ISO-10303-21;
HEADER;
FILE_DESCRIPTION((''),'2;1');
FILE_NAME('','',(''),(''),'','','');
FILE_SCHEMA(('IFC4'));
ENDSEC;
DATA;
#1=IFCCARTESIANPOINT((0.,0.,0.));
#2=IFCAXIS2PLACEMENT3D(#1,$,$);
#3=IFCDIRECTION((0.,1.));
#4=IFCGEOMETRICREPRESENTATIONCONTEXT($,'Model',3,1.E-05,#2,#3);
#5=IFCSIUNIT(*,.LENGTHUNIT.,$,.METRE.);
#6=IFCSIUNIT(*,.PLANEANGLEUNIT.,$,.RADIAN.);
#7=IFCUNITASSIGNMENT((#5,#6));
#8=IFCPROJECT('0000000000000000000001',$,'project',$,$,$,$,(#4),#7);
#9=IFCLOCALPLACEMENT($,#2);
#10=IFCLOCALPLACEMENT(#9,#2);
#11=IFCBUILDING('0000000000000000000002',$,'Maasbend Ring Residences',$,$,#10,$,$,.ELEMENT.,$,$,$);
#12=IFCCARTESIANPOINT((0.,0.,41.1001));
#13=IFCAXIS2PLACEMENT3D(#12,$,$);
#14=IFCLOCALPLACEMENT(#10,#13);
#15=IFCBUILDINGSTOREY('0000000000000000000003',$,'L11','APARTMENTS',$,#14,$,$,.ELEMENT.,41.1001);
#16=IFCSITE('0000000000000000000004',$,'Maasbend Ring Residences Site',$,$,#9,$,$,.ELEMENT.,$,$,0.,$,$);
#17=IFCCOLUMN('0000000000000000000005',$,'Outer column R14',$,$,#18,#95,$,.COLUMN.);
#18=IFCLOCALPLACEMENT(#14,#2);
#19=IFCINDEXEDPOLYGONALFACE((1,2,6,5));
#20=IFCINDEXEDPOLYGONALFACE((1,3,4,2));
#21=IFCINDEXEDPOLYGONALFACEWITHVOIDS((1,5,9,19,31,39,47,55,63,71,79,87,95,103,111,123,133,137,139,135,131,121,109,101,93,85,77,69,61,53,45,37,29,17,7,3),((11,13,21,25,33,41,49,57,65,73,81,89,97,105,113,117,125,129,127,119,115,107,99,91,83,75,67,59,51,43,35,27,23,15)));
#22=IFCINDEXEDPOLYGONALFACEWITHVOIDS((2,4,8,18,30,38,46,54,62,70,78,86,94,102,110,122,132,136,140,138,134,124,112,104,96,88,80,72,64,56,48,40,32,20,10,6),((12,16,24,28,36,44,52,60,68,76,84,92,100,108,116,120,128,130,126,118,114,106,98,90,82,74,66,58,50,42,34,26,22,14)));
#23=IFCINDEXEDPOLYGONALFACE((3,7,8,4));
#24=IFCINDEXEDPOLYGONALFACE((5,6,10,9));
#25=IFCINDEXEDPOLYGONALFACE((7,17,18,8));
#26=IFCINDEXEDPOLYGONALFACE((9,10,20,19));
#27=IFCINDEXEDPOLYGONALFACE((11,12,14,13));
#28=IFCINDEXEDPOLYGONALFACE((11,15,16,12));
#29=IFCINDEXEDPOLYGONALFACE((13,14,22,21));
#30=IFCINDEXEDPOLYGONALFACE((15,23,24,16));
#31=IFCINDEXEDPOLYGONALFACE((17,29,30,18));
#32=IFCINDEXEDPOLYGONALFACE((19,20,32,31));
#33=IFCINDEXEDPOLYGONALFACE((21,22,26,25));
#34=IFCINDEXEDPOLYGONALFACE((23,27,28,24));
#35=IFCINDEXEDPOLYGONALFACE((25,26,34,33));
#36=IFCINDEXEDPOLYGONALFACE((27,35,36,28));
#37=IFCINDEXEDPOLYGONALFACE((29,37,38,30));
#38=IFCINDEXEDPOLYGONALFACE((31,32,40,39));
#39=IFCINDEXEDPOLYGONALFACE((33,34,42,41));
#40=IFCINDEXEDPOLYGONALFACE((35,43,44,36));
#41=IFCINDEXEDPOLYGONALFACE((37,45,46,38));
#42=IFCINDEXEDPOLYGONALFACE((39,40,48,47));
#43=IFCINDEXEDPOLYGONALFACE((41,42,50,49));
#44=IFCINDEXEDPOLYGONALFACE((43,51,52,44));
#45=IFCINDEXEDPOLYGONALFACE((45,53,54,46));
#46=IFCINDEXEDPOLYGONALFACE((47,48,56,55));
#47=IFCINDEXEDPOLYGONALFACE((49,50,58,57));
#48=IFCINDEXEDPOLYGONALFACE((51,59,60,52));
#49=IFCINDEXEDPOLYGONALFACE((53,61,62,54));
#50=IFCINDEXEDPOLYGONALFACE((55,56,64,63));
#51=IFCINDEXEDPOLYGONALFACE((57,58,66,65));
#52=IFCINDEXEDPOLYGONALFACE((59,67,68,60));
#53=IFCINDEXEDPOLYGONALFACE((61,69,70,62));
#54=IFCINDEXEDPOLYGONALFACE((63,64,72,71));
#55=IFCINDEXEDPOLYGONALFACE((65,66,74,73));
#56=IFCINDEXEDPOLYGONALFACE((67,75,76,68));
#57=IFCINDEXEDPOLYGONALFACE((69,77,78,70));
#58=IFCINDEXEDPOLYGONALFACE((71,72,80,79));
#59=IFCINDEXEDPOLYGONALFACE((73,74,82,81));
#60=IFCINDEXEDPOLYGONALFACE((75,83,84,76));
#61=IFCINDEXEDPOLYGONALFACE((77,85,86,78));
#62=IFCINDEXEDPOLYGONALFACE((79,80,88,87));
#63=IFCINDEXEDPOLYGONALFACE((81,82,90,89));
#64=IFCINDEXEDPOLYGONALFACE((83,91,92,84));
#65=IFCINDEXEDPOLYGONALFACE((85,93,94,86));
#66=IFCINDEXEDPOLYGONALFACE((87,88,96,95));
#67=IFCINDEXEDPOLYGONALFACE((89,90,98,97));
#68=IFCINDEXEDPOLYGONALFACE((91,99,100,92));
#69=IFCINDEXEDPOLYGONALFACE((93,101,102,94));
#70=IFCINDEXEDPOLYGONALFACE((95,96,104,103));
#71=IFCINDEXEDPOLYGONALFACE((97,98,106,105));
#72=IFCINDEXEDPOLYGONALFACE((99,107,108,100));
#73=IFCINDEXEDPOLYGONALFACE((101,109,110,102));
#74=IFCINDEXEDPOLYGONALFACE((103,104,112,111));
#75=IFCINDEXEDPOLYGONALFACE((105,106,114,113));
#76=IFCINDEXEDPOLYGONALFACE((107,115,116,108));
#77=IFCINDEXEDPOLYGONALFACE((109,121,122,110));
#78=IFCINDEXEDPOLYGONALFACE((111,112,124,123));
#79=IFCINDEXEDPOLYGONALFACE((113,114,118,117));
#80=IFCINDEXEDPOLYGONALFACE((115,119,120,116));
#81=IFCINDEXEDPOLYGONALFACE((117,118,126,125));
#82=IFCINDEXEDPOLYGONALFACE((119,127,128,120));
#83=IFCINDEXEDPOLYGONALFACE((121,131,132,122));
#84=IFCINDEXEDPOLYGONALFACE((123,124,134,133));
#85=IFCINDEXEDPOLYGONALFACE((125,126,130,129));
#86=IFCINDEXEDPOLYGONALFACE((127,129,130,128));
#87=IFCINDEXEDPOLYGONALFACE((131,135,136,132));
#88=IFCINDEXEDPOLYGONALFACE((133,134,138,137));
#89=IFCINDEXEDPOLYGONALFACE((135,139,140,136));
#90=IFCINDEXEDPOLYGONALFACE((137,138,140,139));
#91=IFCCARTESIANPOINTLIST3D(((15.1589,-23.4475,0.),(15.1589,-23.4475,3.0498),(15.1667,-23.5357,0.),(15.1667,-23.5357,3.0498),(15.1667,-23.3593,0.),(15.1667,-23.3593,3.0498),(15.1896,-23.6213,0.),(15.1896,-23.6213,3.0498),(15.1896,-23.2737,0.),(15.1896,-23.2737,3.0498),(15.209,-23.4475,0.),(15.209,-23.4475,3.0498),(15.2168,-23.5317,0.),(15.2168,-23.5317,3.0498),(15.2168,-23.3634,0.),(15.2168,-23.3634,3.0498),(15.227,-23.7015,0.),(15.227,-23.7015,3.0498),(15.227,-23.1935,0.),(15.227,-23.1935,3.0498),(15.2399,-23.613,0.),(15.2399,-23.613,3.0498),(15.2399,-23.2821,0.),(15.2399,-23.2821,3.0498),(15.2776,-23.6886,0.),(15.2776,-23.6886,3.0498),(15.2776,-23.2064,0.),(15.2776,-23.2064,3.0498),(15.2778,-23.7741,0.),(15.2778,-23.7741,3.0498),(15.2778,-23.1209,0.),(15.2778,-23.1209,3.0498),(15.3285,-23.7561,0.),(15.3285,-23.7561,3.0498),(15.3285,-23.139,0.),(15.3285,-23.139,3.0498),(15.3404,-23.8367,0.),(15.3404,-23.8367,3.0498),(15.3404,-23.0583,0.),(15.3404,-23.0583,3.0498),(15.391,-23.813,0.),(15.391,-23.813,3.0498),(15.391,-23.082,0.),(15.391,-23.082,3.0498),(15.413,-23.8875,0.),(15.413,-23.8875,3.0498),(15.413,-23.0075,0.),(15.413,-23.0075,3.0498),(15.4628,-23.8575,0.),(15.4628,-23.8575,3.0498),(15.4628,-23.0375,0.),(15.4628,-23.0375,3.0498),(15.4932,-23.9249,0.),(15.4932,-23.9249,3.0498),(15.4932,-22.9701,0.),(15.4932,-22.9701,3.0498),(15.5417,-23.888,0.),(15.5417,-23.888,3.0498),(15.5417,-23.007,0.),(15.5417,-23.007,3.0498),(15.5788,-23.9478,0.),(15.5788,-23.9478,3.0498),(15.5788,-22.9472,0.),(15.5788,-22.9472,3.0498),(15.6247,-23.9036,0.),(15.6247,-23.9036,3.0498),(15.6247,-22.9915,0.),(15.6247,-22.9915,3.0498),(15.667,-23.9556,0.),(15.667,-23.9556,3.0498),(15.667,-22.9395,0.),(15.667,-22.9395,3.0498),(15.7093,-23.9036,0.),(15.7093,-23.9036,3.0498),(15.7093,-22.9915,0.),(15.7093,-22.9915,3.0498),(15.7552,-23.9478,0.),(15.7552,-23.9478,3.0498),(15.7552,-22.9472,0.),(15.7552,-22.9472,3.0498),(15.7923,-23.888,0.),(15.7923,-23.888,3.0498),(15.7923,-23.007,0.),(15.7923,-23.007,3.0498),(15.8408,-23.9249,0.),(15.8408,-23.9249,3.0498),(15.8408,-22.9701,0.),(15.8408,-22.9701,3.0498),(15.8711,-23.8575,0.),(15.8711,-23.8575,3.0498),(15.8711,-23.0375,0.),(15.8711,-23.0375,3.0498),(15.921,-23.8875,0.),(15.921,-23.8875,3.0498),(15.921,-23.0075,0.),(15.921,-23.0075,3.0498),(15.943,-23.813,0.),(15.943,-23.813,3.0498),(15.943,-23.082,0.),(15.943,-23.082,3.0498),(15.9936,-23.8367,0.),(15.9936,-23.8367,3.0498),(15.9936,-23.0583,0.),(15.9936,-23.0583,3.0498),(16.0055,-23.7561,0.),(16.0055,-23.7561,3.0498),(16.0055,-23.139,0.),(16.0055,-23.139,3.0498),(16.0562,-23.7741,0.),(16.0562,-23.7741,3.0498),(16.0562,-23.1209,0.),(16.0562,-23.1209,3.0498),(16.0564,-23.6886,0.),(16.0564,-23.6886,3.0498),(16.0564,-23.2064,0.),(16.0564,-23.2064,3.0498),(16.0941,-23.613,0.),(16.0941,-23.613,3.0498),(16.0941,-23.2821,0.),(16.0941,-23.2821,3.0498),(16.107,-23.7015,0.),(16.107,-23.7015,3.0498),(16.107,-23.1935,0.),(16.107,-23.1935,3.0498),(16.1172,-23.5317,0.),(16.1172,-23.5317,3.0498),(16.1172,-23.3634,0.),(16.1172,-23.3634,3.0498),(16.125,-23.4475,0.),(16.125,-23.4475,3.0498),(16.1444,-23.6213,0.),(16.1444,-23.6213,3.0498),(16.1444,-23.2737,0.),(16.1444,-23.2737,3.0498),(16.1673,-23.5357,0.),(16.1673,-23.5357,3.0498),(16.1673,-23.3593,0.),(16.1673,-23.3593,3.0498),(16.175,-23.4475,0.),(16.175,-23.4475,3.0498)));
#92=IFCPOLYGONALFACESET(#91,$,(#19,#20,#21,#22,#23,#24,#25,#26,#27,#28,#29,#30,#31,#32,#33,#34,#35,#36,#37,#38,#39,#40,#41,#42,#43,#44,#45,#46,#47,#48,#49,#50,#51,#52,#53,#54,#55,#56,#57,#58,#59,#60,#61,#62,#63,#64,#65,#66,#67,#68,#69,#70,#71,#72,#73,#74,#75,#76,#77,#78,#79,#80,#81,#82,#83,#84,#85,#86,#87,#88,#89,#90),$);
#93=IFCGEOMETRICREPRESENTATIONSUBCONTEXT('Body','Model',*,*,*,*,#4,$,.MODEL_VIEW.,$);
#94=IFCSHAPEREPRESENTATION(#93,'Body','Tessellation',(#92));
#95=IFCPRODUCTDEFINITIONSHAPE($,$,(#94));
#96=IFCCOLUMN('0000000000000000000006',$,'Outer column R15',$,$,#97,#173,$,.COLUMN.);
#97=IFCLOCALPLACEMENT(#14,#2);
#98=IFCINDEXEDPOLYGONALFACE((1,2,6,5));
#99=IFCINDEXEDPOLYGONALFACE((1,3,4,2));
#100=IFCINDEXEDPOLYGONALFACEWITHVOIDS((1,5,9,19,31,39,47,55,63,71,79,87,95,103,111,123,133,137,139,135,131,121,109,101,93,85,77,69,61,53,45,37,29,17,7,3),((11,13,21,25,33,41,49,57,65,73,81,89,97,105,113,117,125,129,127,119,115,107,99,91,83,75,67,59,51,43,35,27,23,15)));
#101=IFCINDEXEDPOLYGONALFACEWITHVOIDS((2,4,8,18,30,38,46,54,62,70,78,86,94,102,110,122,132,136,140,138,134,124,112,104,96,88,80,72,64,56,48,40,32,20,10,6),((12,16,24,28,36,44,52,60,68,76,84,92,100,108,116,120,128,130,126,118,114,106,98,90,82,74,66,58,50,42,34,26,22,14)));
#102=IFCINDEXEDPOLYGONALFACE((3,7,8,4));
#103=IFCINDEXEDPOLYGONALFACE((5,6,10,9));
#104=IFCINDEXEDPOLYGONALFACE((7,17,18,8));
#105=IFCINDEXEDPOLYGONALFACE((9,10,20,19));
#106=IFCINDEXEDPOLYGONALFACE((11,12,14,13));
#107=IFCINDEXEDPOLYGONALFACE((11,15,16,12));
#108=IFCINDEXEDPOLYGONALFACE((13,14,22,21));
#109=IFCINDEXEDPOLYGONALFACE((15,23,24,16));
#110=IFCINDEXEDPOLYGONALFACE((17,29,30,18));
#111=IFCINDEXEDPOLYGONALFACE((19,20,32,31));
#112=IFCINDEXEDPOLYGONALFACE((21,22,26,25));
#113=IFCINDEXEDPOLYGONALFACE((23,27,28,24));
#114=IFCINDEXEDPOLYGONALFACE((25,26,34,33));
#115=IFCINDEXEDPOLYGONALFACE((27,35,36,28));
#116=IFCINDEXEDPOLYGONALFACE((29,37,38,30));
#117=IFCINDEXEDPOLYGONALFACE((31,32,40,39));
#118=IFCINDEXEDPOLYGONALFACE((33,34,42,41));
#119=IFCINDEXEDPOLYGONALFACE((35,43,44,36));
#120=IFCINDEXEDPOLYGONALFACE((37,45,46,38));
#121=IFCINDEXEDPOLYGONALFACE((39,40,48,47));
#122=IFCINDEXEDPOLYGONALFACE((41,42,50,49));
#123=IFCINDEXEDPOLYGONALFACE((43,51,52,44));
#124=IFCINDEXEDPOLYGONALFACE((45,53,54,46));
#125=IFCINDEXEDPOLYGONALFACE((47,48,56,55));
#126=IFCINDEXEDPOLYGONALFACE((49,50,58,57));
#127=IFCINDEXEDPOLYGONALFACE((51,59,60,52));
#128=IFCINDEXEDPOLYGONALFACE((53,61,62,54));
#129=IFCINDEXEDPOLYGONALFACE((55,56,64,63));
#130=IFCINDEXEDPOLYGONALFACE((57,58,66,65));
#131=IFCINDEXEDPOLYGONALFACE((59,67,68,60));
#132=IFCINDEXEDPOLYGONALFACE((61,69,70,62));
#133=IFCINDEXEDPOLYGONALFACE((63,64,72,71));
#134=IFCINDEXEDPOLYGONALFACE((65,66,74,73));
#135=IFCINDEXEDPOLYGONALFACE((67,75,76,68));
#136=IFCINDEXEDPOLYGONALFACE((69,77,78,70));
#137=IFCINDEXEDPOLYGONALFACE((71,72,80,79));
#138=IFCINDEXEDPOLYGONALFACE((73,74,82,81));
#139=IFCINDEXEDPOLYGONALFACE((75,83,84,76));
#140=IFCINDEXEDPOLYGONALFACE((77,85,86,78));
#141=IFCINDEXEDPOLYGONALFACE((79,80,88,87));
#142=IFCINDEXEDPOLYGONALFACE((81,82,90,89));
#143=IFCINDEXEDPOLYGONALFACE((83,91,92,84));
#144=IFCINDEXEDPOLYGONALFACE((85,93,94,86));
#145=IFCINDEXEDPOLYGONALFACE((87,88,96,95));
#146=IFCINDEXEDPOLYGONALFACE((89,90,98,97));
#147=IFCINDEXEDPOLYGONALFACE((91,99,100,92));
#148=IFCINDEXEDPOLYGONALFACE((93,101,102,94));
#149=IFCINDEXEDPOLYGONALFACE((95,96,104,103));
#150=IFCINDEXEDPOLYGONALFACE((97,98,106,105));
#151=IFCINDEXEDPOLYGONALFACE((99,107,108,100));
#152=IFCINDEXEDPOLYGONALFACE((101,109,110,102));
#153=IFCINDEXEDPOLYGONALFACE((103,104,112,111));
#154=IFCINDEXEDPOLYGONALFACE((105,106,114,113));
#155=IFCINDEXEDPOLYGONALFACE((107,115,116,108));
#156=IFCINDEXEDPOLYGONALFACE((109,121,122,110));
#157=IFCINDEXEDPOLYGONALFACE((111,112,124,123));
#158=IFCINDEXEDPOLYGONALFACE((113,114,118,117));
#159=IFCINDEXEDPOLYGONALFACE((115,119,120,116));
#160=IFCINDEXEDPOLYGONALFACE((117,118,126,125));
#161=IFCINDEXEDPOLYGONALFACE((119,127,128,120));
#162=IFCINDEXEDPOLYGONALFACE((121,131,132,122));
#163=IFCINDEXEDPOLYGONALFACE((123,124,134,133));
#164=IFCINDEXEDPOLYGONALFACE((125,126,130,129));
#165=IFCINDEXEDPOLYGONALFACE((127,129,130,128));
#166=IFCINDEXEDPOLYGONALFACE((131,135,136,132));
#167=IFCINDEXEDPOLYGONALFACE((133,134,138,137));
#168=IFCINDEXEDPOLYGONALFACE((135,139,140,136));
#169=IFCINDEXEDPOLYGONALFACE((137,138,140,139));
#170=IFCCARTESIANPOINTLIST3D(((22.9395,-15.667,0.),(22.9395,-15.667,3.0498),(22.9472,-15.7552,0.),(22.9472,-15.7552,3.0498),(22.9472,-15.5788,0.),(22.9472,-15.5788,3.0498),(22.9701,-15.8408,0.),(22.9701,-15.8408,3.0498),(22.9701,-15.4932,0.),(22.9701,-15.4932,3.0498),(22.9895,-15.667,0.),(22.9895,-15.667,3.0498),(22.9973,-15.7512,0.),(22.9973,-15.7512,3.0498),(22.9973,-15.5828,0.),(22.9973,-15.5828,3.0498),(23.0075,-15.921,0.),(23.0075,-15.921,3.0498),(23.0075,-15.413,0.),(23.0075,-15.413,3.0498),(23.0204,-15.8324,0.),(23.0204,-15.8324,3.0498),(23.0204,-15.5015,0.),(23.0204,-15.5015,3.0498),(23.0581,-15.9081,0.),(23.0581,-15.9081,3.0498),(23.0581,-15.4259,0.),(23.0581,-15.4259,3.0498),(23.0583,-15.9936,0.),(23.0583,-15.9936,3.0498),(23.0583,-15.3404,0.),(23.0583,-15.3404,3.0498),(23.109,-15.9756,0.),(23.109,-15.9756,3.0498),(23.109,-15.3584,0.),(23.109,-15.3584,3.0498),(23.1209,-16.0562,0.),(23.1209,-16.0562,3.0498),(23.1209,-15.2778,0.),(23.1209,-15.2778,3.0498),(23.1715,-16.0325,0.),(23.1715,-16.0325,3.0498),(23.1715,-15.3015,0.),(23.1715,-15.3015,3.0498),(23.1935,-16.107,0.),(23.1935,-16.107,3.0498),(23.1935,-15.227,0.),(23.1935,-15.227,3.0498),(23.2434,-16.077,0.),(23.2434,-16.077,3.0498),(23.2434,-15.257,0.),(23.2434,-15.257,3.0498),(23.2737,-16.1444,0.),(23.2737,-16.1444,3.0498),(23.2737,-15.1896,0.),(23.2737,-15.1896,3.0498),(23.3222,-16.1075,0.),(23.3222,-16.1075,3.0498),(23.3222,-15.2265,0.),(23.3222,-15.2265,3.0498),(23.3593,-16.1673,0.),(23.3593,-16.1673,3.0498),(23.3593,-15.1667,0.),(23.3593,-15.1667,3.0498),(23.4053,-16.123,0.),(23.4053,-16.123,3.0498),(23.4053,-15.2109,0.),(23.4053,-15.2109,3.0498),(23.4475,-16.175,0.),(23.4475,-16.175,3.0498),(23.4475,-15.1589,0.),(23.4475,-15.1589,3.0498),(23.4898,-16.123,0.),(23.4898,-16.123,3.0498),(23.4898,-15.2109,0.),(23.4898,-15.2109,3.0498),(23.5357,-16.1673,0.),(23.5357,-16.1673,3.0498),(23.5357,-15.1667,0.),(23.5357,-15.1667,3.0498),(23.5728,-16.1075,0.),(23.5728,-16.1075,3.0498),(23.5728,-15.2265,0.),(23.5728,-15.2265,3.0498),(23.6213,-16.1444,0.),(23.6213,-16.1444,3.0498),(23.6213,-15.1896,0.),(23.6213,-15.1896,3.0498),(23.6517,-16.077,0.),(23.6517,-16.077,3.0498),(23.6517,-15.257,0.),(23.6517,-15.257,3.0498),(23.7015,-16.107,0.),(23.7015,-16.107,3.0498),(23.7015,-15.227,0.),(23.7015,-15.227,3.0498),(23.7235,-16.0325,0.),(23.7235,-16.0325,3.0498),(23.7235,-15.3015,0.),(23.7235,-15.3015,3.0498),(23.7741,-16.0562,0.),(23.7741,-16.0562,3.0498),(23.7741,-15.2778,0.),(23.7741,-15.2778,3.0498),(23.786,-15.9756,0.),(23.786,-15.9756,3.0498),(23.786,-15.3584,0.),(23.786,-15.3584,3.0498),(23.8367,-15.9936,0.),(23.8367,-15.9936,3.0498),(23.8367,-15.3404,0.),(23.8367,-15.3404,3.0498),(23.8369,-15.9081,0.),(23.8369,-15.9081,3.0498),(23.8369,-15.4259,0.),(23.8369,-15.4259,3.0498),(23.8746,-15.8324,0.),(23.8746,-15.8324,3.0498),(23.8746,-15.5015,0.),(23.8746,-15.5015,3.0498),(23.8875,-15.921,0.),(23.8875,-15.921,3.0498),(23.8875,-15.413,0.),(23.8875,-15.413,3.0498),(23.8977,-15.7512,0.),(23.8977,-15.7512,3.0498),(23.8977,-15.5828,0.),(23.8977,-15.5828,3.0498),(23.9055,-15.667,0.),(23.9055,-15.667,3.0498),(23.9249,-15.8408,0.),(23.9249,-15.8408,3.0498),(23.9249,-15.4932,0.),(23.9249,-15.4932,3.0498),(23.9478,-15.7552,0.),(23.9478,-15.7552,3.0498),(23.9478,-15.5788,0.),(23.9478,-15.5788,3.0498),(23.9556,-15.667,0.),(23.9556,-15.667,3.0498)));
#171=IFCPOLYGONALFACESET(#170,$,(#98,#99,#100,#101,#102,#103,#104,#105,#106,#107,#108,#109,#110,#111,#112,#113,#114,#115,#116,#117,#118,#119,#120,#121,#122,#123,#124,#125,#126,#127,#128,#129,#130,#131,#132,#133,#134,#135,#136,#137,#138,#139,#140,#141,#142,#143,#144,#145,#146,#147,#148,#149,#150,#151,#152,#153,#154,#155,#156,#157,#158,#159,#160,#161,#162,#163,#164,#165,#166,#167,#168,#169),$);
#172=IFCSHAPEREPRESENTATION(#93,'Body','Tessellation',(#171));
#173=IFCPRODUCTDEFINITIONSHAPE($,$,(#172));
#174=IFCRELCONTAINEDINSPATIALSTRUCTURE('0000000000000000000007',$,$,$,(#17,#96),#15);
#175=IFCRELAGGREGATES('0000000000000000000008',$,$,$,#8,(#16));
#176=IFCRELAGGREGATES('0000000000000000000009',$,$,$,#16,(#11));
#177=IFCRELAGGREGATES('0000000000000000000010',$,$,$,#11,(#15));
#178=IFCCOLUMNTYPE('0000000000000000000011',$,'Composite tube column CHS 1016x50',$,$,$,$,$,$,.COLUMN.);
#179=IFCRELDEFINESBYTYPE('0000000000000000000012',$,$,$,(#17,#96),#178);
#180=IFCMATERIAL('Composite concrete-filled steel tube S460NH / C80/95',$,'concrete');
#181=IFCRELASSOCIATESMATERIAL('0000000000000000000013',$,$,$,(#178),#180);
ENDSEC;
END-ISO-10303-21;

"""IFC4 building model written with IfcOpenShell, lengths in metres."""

from ifc_helpers import new_model, si_unit, direction, frame, origin, origin_2d, place, context, subcontext, project, spatial, hollow_circle, extrude, material, material_profile, profile_set, type_object, element, save


model = new_model("IFC4")

# Units and contexts
model_context = context("Model", 3, precision=1e-05, world=origin(), true_north=direction((0.0, 1.0)))
body_context = subcontext(model_context, "Body", "Model", "MODEL_VIEW")
ifc_project = project(units=[si_unit("LENGTHUNIT", "METRE"), si_unit("PLANEANGLEUNIT", "RADIAN")], contexts=[model_context])

# Site, building, storey
site_placement = place(None, origin())
site = spatial("IfcSite", under=ifc_project, at=site_placement, Name="Maasbend Ring Residences Site", CompositionType="ELEMENT", RefElevation=0.0)
building_placement = place(site_placement, origin())
building = spatial("IfcBuilding", under=site, at=building_placement, Name="Maasbend Ring Residences", CompositionType="ELEMENT")
storey_placement = place(building_placement, frame((0.0, 0.0, 41.1001)))
storey = spatial("IfcBuildingStorey", under=building, at=storey_placement, Name="L11", Description="APARTMENTS", CompositionType="ELEMENT", Elevation=41.1001)

# Columns
ifc_material_1 = material(Name="Composite concrete-filled steel tube S460NH / C80/95", Category="concrete")
ifc_material_profile_1 = material_profile(ifc_material_1, hollow_circle(Radius=0.5081, WallThickness=0.05, at=origin_2d()), Name="Composite tube column CHS 1016x50")
ifc_profile_set_1 = profile_set([ifc_material_profile_1], Name="Composite concrete-filled steel tube S460NH / C80/95")
column_type = type_object("IfcColumnType", Name="Composite tube column CHS 1016x50", PredefinedType="COLUMN", material=ifc_profile_set_1)
for number, where, z_axis, x_axis, name in (
    (1, (15.667, -23.4475, 0.0), (0.0, 0.0, 1.0), (1.0, 0.0, 0.0), "Outer column R14"),
    (2, (23.4475, -15.667, 0.0), (0.0, 0.0, 1.0), (1.0, 0.0, 0.0), "Outer column R15"),
):
    element("IfcColumn", number, at=place(storey_placement, frame(where, z_axis=z_axis, x_axis=x_axis)), inside=storey, type_object=column_type, Name=name, PredefinedType="COLUMN", context=body_context, shape_type="SweptSolid", body=[
        extrude(hollow_circle(Radius=0.5081, WallThickness=0.05, at=origin_2d()), origin(), (0.0, 0.0, 1.0), 3.0498),
    ])

save(model, "model.ifc")
